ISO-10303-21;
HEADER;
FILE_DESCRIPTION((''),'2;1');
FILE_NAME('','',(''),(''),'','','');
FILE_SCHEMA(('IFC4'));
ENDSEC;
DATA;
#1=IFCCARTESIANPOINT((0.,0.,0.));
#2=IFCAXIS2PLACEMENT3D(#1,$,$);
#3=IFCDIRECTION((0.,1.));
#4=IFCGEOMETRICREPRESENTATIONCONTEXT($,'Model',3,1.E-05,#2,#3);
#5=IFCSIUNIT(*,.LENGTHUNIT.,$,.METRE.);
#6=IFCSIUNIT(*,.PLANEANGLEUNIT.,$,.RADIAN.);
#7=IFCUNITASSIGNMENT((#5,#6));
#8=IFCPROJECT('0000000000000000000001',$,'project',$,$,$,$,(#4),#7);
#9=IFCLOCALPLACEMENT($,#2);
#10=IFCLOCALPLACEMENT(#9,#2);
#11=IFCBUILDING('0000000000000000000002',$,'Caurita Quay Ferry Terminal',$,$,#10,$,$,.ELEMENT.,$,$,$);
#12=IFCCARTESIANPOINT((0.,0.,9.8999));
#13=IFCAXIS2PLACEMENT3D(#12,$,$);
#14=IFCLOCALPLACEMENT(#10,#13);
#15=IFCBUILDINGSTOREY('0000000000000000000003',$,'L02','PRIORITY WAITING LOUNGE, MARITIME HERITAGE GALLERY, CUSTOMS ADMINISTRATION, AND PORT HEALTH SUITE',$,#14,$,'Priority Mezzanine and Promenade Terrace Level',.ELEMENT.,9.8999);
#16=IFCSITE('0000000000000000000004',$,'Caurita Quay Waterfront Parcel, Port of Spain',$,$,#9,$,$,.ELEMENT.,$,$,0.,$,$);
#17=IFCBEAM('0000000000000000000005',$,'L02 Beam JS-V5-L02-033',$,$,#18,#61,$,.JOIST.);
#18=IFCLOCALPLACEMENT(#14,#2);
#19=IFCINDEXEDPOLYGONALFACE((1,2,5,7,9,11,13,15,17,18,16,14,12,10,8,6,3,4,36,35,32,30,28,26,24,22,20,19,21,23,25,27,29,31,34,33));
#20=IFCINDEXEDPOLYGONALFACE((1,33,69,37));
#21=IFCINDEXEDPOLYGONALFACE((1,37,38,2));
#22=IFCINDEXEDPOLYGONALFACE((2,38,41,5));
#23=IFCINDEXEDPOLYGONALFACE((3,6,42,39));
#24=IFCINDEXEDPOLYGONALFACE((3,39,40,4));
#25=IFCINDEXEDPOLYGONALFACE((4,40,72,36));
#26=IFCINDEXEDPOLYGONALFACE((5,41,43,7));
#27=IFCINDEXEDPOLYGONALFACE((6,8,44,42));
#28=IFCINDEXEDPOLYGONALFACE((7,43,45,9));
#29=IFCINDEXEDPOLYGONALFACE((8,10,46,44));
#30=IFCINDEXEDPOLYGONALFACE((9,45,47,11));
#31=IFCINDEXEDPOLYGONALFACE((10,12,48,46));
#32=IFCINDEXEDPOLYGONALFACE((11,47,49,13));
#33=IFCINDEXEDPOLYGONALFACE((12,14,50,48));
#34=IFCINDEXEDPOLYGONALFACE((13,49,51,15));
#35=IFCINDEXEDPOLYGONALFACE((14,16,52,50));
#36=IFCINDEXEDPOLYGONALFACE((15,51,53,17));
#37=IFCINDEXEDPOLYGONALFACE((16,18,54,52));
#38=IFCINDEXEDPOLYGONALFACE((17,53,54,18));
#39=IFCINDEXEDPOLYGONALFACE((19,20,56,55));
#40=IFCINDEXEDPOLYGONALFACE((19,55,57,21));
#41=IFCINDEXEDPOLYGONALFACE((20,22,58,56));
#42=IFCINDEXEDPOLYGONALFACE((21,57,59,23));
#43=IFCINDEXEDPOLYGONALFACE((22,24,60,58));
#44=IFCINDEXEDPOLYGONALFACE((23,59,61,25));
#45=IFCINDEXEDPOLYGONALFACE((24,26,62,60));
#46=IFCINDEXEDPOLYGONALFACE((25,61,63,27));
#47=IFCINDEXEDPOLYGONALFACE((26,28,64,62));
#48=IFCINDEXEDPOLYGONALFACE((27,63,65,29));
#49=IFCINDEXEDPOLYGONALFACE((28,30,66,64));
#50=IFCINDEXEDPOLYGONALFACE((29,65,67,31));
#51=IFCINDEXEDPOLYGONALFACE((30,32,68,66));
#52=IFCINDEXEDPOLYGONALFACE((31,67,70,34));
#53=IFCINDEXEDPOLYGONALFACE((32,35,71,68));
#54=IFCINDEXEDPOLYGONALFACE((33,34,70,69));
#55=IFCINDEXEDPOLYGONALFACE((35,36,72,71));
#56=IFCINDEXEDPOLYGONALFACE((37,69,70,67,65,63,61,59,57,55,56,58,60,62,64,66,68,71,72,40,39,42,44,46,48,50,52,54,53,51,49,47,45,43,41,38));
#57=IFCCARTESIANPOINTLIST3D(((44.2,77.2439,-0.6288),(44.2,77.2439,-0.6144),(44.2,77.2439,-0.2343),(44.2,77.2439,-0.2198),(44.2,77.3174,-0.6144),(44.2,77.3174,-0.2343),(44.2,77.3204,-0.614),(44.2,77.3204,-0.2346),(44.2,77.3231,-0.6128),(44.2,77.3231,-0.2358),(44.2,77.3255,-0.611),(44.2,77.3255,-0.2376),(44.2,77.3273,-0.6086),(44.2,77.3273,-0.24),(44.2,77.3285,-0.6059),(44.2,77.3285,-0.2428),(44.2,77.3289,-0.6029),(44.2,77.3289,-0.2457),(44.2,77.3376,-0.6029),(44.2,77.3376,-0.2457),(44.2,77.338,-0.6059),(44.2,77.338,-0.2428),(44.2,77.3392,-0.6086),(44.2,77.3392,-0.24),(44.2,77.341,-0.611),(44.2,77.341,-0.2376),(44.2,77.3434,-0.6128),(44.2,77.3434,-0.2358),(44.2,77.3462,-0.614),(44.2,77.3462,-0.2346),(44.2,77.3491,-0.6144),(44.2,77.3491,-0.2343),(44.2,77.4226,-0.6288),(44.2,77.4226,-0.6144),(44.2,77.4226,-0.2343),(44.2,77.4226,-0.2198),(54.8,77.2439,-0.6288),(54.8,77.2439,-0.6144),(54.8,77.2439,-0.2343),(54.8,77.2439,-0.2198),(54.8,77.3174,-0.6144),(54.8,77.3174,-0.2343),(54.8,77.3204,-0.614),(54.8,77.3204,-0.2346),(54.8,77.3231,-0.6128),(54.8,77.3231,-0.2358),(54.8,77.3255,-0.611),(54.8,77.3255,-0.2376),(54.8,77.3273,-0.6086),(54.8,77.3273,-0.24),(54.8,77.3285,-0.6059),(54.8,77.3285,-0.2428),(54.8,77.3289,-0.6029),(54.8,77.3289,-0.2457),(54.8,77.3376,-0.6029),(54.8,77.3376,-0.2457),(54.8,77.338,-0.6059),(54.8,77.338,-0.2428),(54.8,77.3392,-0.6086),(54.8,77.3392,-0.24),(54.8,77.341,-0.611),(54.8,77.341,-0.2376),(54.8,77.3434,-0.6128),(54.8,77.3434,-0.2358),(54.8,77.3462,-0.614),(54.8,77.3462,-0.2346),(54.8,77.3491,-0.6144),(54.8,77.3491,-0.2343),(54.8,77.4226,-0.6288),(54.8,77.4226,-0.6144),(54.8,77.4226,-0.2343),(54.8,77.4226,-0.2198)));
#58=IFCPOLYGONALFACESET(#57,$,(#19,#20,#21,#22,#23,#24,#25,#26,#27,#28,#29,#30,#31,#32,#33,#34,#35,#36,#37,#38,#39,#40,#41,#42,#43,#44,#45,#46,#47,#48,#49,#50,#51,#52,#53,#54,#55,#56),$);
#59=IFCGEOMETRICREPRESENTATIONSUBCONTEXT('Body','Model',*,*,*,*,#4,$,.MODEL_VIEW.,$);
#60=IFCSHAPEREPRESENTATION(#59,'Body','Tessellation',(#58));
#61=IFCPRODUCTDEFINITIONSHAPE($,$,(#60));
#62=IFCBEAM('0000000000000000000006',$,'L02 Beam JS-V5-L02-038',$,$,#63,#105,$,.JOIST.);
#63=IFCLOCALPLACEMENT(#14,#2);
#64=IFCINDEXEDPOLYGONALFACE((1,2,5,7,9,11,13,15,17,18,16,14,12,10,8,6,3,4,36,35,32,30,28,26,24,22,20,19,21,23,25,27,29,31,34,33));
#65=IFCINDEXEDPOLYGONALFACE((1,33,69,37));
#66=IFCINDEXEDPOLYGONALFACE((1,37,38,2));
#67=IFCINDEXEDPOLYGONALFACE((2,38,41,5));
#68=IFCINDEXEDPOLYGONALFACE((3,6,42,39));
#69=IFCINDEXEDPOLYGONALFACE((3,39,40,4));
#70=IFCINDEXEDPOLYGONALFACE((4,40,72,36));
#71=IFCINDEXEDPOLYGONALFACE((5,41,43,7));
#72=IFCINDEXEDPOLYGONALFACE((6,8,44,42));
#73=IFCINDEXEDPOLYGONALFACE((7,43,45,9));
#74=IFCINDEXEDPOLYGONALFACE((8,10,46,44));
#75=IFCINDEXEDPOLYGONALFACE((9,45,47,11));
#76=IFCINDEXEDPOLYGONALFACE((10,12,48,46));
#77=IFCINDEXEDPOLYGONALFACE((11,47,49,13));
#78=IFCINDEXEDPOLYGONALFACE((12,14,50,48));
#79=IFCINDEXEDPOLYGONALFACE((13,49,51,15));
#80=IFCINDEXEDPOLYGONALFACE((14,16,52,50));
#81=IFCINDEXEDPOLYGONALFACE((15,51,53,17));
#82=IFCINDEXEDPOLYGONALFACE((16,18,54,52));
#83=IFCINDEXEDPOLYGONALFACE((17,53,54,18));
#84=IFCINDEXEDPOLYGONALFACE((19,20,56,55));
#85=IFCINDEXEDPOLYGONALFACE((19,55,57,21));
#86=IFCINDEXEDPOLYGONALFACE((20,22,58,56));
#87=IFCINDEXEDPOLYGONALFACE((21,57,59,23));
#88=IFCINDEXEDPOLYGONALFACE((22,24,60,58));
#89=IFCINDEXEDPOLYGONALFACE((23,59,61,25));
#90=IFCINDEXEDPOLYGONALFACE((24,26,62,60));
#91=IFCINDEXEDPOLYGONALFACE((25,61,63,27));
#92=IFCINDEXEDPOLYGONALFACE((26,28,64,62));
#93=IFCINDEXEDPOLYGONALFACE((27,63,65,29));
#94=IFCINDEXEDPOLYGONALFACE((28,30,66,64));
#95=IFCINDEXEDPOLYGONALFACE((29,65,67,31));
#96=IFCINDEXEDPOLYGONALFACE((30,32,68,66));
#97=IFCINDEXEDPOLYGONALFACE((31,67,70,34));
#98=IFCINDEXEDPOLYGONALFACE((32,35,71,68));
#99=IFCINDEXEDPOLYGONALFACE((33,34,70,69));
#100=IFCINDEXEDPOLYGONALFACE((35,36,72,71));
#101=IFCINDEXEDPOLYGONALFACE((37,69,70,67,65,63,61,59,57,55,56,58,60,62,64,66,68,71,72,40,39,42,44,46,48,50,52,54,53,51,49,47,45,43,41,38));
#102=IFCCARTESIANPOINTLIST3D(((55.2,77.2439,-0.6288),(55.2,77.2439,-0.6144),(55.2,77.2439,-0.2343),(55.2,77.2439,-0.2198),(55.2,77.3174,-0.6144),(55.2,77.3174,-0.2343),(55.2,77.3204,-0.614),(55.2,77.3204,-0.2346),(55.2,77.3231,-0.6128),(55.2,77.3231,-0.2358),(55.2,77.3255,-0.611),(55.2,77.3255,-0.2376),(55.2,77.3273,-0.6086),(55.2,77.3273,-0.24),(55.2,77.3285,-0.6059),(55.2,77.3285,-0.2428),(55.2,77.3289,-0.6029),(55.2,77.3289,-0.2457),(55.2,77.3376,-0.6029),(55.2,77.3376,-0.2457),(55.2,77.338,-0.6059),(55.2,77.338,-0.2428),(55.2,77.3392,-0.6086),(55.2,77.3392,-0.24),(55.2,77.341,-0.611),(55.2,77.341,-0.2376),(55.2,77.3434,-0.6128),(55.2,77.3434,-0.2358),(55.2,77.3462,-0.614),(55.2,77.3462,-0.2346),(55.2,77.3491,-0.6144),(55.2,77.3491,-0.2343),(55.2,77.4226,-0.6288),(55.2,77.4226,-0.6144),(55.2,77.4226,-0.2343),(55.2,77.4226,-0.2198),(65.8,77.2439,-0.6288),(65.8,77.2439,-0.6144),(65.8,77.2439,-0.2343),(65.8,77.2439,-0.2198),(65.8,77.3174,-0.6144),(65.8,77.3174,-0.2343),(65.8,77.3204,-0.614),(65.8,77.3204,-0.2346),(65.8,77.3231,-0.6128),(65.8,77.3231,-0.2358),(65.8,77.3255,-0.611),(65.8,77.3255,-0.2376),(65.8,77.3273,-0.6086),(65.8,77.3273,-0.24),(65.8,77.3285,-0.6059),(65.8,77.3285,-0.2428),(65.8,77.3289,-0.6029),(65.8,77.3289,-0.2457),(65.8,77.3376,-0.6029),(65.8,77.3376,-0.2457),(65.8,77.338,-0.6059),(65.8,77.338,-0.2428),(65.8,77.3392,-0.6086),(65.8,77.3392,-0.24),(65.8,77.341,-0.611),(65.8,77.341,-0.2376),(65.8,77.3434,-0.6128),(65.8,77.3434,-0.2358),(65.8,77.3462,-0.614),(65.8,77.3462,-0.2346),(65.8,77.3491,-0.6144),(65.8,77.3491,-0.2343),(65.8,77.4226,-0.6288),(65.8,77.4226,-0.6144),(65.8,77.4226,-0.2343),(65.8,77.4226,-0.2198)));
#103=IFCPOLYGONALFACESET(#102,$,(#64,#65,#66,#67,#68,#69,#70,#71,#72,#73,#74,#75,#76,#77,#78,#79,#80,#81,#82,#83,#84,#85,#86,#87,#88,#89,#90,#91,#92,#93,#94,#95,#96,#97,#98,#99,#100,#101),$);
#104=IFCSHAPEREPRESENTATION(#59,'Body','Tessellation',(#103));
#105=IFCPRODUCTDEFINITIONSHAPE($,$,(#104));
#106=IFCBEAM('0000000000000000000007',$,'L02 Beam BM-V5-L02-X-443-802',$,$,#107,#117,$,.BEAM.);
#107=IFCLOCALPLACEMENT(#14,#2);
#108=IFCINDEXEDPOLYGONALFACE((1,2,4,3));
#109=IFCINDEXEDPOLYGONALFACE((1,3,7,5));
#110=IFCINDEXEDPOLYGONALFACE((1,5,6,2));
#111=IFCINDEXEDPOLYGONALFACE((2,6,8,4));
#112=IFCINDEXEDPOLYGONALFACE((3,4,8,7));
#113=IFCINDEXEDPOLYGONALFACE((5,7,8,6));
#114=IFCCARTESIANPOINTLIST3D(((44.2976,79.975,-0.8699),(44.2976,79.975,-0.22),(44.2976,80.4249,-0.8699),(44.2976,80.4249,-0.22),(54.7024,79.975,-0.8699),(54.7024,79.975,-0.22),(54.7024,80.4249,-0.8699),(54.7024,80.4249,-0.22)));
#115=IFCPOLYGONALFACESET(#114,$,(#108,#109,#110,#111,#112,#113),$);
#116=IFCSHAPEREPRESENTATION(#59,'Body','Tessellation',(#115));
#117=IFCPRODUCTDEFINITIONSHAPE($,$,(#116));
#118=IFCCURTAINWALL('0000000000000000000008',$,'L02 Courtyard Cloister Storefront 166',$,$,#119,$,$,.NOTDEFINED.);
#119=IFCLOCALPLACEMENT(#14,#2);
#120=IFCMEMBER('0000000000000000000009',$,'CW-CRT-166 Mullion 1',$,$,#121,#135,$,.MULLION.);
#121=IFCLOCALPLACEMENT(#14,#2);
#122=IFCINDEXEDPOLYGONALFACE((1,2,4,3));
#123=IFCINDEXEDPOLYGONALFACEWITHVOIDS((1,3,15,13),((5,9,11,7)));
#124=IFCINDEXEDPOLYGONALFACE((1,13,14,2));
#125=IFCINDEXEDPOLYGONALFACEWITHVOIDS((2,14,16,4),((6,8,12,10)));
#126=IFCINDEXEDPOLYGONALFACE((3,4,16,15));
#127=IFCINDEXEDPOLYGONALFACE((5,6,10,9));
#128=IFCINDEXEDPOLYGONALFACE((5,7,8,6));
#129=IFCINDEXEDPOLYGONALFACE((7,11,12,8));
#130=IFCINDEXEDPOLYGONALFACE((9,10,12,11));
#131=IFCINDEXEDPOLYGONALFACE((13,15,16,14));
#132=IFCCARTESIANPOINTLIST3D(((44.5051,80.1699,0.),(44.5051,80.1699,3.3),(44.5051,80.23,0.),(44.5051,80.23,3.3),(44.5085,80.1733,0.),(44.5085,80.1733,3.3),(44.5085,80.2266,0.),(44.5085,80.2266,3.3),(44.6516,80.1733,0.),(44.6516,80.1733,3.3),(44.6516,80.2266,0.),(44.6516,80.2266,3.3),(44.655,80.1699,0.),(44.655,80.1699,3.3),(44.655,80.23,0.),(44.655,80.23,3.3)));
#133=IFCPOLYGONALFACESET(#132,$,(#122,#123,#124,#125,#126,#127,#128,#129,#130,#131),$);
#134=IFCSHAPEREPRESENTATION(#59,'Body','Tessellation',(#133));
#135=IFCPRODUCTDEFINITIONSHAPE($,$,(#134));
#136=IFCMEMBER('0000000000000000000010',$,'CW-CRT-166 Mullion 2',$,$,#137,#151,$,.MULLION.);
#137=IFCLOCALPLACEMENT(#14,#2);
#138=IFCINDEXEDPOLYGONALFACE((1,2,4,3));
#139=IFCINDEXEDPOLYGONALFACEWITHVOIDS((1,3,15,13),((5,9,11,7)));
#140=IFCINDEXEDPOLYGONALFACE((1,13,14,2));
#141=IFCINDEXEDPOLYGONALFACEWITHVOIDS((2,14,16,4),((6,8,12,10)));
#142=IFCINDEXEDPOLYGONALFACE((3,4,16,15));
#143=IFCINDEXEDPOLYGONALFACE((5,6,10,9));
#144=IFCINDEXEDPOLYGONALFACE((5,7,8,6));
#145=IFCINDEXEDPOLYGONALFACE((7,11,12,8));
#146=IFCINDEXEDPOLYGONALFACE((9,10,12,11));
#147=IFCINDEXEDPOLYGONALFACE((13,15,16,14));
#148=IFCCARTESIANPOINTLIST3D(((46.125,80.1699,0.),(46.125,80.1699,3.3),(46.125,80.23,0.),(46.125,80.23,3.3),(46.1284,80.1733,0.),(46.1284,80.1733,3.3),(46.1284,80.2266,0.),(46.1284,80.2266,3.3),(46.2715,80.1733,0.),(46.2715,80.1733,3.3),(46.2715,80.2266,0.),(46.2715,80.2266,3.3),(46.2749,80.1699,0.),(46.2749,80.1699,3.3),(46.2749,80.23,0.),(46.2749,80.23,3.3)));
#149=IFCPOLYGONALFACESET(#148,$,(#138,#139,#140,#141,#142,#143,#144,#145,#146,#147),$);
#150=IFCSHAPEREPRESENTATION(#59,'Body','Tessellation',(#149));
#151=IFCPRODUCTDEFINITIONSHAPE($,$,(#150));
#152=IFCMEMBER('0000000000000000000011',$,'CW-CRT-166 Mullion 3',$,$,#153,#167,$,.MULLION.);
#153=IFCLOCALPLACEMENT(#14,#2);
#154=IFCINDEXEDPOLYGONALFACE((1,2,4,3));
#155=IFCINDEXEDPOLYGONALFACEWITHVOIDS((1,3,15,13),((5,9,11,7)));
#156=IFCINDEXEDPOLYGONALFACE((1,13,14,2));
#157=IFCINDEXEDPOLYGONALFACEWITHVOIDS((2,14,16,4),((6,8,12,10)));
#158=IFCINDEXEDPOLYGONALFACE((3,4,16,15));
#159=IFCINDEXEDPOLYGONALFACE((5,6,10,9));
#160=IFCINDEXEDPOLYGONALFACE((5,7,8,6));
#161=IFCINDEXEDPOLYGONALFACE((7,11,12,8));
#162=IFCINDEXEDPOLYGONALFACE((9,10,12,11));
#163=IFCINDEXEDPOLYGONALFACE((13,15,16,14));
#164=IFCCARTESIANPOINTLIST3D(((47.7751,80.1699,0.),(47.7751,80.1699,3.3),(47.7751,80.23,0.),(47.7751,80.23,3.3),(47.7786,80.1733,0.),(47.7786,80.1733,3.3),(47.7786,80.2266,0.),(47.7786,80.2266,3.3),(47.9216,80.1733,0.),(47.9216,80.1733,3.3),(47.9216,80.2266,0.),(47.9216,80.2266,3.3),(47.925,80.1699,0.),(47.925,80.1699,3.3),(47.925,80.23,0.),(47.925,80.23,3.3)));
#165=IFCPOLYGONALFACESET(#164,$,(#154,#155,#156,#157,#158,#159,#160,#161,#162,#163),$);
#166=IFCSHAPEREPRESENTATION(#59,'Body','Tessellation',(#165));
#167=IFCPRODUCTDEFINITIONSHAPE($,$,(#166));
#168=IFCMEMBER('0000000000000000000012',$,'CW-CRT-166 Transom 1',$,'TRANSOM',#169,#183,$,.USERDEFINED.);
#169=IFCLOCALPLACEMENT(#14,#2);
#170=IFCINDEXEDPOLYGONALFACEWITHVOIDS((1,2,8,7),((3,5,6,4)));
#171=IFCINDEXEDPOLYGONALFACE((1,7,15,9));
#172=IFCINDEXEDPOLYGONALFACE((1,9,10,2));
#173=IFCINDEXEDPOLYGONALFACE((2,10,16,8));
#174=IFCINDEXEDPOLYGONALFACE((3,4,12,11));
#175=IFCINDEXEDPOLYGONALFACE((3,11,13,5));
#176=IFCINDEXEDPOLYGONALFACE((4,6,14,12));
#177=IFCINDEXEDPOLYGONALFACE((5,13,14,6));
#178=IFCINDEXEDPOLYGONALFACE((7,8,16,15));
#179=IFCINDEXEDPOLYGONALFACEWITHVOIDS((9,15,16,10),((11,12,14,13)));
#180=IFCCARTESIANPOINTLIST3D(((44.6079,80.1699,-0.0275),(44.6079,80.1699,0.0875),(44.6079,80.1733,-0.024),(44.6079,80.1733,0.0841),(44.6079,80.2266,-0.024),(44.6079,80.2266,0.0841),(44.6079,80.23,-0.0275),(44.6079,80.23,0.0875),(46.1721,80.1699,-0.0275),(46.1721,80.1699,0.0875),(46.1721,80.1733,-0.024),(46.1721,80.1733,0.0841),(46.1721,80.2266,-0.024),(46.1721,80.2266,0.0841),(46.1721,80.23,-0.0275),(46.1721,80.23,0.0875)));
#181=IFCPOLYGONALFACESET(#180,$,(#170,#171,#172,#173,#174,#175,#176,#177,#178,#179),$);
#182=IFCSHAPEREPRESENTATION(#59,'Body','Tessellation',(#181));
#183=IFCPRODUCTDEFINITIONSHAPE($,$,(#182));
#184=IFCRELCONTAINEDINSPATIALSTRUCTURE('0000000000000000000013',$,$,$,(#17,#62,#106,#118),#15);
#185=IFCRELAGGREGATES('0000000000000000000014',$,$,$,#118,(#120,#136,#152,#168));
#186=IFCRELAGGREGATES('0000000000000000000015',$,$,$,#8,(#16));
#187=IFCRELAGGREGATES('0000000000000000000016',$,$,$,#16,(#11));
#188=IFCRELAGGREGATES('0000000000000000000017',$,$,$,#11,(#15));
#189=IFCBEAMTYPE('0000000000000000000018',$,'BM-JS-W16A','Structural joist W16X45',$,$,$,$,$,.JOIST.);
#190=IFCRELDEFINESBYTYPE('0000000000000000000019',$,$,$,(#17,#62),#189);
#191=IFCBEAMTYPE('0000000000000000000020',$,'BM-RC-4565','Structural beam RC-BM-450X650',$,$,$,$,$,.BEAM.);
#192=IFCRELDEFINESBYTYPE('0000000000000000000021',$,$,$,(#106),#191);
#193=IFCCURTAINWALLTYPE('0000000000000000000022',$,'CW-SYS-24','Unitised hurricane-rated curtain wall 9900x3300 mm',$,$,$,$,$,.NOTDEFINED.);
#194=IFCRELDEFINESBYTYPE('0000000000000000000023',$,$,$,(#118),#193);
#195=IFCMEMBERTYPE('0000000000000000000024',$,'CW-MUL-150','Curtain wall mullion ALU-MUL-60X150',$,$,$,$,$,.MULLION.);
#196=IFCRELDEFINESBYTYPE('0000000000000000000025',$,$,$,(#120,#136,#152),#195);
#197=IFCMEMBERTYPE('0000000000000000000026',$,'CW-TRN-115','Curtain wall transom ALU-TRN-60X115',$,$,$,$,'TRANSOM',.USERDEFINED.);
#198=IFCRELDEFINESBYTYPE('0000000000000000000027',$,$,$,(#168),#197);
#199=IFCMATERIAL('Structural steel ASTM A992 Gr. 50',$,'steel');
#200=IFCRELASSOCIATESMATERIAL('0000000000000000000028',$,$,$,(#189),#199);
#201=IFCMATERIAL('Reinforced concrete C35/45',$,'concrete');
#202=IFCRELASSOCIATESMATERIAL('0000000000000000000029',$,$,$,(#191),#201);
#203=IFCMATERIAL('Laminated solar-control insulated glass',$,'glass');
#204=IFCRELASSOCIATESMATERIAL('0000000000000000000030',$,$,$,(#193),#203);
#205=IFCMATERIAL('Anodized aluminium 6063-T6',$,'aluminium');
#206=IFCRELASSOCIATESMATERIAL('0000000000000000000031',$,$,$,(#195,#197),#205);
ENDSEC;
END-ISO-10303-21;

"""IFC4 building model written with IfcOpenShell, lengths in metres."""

from ifc_helpers import new_model, si_unit, direction, frame, origin, origin_2d, place, context, subcontext, project, spatial, rectangle, hollow_rectangle, i_section, extrude, material, material_profile, profile_set, type_object, element, aggregate, save


model = new_model("IFC4")

# Units and contexts
model_context = context("Model", 3, precision=1e-05, world=origin(), true_north=direction((0.0, 1.0)))
body_context = subcontext(model_context, "Body", "Model", "MODEL_VIEW")
ifc_project = project(units=[si_unit("LENGTHUNIT", "METRE"), si_unit("PLANEANGLEUNIT", "RADIAN")], contexts=[model_context])

# Site, building, storey
site_placement = place(None, origin())
site = spatial("IfcSite", under=ifc_project, at=site_placement, Name="Caurita Quay Waterfront Parcel, Port of Spain", CompositionType="ELEMENT", RefElevation=0.0)
building_placement = place(site_placement, origin())
building = spatial("IfcBuilding", under=site, at=building_placement, Name="Caurita Quay Ferry Terminal", CompositionType="ELEMENT")
storey_placement = place(building_placement, frame((0.0, 0.0, 9.8999)))
storey = spatial("IfcBuildingStorey", under=building, at=storey_placement, Name="L02", Description="PRIORITY WAITING LOUNGE, MARITIME HERITAGE GALLERY, CUSTOMS ADMINISTRATION, AND PORT HEALTH SUITE", LongName="Priority Mezzanine and Promenade Terrace Level", CompositionType="ELEMENT", Elevation=9.8999)

# Beams
ifc_material_1 = material(Name="Structural steel ASTM A992 Gr. 50", Category="steel")
ifc_material_profile_1 = material_profile(ifc_material_1, i_section(OverallWidth=0.1787, OverallDepth=0.4089, WebThickness=0.0088, FlangeThickness=0.0144, FilletRadius=0.0115, at=origin_2d()), Name="W16X45")
ifc_profile_set_1 = profile_set([ifc_material_profile_1], Name="Structural steel ASTM A992 Gr. 50")
beam_type_1 = type_object("IfcBeamType", Name="BM-JS-W16A", Description="Structural joist W16X45", PredefinedType="JOIST", material=ifc_profile_set_1)
for number, where, z_axis, x_axis, name in (
    (1, (44.2, 77.3333, -0.4243), (1.0, 0.0, 0.0), (0.0, 1.0, 0.0), "L02 Beam JS-V5-L02-033"),
    (2, (55.2, 77.3333, -0.4243), (1.0, 0.0, 0.0), (0.0, 1.0, 0.0), "L02 Beam JS-V5-L02-038"),
):
    element("IfcBeam", number, at=place(storey_placement, frame(where, z_axis=z_axis, x_axis=x_axis)), inside=storey, type_object=beam_type_1, Name=name, PredefinedType="JOIST", context=body_context, shape_type="SweptSolid", body=[
        extrude(i_section(OverallWidth=0.1787, OverallDepth=0.4089, WebThickness=0.0088, FlangeThickness=0.0144, FilletRadius=0.0115, at=origin_2d()), origin(), (0.0, 0.0, 1.0), 10.6001),
    ])
ifc_material_2 = material(Name="Reinforced concrete C35/45", Category="concrete")
ifc_material_profile_2 = material_profile(ifc_material_2, rectangle(XDim=0.45, YDim=0.6499, at=origin_2d()), Name="RC-BM-450X650")
ifc_profile_set_2 = profile_set([ifc_material_profile_2], Name="Reinforced concrete C35/45")
beam_type_2 = type_object("IfcBeamType", Name="BM-RC-4565", Description="Structural beam RC-BM-450X650", PredefinedType="BEAM", material=ifc_profile_set_2)
beam_placement = place(storey_placement, frame((44.2976, 80.2, -0.5449), z_axis=(1.0, 0.0, 0.0), x_axis=(0.0, 1.0, 0.0)))
element("IfcBeam", 3, at=beam_placement, inside=storey, type_object=beam_type_2, Name="L02 Beam BM-V5-L02-X-443-802", PredefinedType="BEAM", context=body_context, shape_type="SweptSolid", body=[
    extrude(rectangle(XDim=0.45, YDim=0.6499, at=origin_2d()), origin(), (0.0, 0.0, 1.0), 10.4048),
])

# Curtain wall, members
ifc_material_3 = material(Name="Laminated solar-control insulated glass", Category="glass")
curtain_wall_type = type_object("IfcCurtainWallType", Name="CW-SYS-24", Description="Unitised hurricane-rated curtain wall 9900x3300 mm", PredefinedType="NOTDEFINED", material=ifc_material_3)
curtain_wall_placement = place(storey_placement, origin())
curtain_wall = element("IfcCurtainWall", 4, at=curtain_wall_placement, inside=storey, type_object=curtain_wall_type, Name="L02 Courtyard Cloister Storefront 166", PredefinedType="NOTDEFINED")
ifc_material_4 = material(Name="Anodized aluminium 6063-T6", Category="aluminium")
ifc_material_profile_3 = material_profile(ifc_material_4, hollow_rectangle(XDim=0.0601, YDim=0.1499, WallThickness=0.0034, at=origin_2d()), Name="ALU-MUL-60X150")
ifc_profile_set_3 = profile_set([ifc_material_profile_3], Name="Anodized aluminium 6063-T6")
member_type_1 = type_object("IfcMemberType", Name="CW-MUL-150", Description="Curtain wall mullion ALU-MUL-60X150", PredefinedType="MULLION", material=ifc_profile_set_3)
member_1_placement = place(storey_placement, frame((44.5801, 80.2, 0.0), z_axis=(0.0, 0.0, 1.0), x_axis=(0.0, 1.0, 0.0)))
member_1 = element("IfcMember", 5, at=member_1_placement, type_object=member_type_1, Name="CW-CRT-166 Mullion 1", PredefinedType="MULLION", context=body_context, shape_type="SweptSolid", body=[
    extrude(hollow_rectangle(XDim=0.0601, YDim=0.1499, WallThickness=0.0034, at=origin_2d()), origin(), (0.0, 0.0, 1.0), 3.3),
])
member_2_placement = place(storey_placement, frame((46.2, 80.2, 0.0), z_axis=(0.0, 0.0, 1.0), x_axis=(0.0, 1.0, 0.0)))
member_2 = element("IfcMember", 6, at=member_2_placement, type_object=member_type_1, Name="CW-CRT-166 Mullion 2", PredefinedType="MULLION", context=body_context, shape_type="SweptSolid", body=[
    extrude(hollow_rectangle(XDim=0.0601, YDim=0.1499, WallThickness=0.0034, at=origin_2d()), origin(), (0.0, 0.0, 1.0), 3.3),
])
member_3_placement = place(storey_placement, frame((47.8501, 80.2, 0.0), z_axis=(0.0, 0.0, 1.0), x_axis=(0.0, 1.0, 0.0)))
member_3 = element("IfcMember", 7, at=member_3_placement, type_object=member_type_1, Name="CW-CRT-166 Mullion 3", PredefinedType="MULLION", context=body_context, shape_type="SweptSolid", body=[
    extrude(hollow_rectangle(XDim=0.0601, YDim=0.1499, WallThickness=0.0034, at=origin_2d()), origin(), (0.0, 0.0, 1.0), 3.3),
])
ifc_material_profile_4 = material_profile(ifc_material_4, hollow_rectangle(XDim=0.0601, YDim=0.115, WallThickness=0.0034, at=origin_2d()), Name="ALU-TRN-60X115")
ifc_profile_set_4 = profile_set([ifc_material_profile_4], Name="Anodized aluminium 6063-T6")
member_type_2 = type_object("IfcMemberType", Name="CW-TRN-115", Description="Curtain wall transom ALU-TRN-60X115", ElementType="TRANSOM", PredefinedType="USERDEFINED", material=ifc_profile_set_4)
member_4_placement = place(storey_placement, frame((44.6079, 80.2, 0.03), z_axis=(1.0, 0.0, 0.0), x_axis=(0.0, 1.0, 0.0)))
member_4 = element("IfcMember", 8, at=member_4_placement, type_object=member_type_2, Name="CW-CRT-166 Transom 1", ObjectType="TRANSOM", PredefinedType="USERDEFINED", context=body_context, shape_type="SweptSolid", body=[
    extrude(hollow_rectangle(XDim=0.0601, YDim=0.115, WallThickness=0.0034, at=origin_2d()), origin(), (0.0, 0.0, 1.0), 1.5642),
])
aggregate(curtain_wall, [member_1, member_2, member_3, member_4])

save(model, "model.ifc")
